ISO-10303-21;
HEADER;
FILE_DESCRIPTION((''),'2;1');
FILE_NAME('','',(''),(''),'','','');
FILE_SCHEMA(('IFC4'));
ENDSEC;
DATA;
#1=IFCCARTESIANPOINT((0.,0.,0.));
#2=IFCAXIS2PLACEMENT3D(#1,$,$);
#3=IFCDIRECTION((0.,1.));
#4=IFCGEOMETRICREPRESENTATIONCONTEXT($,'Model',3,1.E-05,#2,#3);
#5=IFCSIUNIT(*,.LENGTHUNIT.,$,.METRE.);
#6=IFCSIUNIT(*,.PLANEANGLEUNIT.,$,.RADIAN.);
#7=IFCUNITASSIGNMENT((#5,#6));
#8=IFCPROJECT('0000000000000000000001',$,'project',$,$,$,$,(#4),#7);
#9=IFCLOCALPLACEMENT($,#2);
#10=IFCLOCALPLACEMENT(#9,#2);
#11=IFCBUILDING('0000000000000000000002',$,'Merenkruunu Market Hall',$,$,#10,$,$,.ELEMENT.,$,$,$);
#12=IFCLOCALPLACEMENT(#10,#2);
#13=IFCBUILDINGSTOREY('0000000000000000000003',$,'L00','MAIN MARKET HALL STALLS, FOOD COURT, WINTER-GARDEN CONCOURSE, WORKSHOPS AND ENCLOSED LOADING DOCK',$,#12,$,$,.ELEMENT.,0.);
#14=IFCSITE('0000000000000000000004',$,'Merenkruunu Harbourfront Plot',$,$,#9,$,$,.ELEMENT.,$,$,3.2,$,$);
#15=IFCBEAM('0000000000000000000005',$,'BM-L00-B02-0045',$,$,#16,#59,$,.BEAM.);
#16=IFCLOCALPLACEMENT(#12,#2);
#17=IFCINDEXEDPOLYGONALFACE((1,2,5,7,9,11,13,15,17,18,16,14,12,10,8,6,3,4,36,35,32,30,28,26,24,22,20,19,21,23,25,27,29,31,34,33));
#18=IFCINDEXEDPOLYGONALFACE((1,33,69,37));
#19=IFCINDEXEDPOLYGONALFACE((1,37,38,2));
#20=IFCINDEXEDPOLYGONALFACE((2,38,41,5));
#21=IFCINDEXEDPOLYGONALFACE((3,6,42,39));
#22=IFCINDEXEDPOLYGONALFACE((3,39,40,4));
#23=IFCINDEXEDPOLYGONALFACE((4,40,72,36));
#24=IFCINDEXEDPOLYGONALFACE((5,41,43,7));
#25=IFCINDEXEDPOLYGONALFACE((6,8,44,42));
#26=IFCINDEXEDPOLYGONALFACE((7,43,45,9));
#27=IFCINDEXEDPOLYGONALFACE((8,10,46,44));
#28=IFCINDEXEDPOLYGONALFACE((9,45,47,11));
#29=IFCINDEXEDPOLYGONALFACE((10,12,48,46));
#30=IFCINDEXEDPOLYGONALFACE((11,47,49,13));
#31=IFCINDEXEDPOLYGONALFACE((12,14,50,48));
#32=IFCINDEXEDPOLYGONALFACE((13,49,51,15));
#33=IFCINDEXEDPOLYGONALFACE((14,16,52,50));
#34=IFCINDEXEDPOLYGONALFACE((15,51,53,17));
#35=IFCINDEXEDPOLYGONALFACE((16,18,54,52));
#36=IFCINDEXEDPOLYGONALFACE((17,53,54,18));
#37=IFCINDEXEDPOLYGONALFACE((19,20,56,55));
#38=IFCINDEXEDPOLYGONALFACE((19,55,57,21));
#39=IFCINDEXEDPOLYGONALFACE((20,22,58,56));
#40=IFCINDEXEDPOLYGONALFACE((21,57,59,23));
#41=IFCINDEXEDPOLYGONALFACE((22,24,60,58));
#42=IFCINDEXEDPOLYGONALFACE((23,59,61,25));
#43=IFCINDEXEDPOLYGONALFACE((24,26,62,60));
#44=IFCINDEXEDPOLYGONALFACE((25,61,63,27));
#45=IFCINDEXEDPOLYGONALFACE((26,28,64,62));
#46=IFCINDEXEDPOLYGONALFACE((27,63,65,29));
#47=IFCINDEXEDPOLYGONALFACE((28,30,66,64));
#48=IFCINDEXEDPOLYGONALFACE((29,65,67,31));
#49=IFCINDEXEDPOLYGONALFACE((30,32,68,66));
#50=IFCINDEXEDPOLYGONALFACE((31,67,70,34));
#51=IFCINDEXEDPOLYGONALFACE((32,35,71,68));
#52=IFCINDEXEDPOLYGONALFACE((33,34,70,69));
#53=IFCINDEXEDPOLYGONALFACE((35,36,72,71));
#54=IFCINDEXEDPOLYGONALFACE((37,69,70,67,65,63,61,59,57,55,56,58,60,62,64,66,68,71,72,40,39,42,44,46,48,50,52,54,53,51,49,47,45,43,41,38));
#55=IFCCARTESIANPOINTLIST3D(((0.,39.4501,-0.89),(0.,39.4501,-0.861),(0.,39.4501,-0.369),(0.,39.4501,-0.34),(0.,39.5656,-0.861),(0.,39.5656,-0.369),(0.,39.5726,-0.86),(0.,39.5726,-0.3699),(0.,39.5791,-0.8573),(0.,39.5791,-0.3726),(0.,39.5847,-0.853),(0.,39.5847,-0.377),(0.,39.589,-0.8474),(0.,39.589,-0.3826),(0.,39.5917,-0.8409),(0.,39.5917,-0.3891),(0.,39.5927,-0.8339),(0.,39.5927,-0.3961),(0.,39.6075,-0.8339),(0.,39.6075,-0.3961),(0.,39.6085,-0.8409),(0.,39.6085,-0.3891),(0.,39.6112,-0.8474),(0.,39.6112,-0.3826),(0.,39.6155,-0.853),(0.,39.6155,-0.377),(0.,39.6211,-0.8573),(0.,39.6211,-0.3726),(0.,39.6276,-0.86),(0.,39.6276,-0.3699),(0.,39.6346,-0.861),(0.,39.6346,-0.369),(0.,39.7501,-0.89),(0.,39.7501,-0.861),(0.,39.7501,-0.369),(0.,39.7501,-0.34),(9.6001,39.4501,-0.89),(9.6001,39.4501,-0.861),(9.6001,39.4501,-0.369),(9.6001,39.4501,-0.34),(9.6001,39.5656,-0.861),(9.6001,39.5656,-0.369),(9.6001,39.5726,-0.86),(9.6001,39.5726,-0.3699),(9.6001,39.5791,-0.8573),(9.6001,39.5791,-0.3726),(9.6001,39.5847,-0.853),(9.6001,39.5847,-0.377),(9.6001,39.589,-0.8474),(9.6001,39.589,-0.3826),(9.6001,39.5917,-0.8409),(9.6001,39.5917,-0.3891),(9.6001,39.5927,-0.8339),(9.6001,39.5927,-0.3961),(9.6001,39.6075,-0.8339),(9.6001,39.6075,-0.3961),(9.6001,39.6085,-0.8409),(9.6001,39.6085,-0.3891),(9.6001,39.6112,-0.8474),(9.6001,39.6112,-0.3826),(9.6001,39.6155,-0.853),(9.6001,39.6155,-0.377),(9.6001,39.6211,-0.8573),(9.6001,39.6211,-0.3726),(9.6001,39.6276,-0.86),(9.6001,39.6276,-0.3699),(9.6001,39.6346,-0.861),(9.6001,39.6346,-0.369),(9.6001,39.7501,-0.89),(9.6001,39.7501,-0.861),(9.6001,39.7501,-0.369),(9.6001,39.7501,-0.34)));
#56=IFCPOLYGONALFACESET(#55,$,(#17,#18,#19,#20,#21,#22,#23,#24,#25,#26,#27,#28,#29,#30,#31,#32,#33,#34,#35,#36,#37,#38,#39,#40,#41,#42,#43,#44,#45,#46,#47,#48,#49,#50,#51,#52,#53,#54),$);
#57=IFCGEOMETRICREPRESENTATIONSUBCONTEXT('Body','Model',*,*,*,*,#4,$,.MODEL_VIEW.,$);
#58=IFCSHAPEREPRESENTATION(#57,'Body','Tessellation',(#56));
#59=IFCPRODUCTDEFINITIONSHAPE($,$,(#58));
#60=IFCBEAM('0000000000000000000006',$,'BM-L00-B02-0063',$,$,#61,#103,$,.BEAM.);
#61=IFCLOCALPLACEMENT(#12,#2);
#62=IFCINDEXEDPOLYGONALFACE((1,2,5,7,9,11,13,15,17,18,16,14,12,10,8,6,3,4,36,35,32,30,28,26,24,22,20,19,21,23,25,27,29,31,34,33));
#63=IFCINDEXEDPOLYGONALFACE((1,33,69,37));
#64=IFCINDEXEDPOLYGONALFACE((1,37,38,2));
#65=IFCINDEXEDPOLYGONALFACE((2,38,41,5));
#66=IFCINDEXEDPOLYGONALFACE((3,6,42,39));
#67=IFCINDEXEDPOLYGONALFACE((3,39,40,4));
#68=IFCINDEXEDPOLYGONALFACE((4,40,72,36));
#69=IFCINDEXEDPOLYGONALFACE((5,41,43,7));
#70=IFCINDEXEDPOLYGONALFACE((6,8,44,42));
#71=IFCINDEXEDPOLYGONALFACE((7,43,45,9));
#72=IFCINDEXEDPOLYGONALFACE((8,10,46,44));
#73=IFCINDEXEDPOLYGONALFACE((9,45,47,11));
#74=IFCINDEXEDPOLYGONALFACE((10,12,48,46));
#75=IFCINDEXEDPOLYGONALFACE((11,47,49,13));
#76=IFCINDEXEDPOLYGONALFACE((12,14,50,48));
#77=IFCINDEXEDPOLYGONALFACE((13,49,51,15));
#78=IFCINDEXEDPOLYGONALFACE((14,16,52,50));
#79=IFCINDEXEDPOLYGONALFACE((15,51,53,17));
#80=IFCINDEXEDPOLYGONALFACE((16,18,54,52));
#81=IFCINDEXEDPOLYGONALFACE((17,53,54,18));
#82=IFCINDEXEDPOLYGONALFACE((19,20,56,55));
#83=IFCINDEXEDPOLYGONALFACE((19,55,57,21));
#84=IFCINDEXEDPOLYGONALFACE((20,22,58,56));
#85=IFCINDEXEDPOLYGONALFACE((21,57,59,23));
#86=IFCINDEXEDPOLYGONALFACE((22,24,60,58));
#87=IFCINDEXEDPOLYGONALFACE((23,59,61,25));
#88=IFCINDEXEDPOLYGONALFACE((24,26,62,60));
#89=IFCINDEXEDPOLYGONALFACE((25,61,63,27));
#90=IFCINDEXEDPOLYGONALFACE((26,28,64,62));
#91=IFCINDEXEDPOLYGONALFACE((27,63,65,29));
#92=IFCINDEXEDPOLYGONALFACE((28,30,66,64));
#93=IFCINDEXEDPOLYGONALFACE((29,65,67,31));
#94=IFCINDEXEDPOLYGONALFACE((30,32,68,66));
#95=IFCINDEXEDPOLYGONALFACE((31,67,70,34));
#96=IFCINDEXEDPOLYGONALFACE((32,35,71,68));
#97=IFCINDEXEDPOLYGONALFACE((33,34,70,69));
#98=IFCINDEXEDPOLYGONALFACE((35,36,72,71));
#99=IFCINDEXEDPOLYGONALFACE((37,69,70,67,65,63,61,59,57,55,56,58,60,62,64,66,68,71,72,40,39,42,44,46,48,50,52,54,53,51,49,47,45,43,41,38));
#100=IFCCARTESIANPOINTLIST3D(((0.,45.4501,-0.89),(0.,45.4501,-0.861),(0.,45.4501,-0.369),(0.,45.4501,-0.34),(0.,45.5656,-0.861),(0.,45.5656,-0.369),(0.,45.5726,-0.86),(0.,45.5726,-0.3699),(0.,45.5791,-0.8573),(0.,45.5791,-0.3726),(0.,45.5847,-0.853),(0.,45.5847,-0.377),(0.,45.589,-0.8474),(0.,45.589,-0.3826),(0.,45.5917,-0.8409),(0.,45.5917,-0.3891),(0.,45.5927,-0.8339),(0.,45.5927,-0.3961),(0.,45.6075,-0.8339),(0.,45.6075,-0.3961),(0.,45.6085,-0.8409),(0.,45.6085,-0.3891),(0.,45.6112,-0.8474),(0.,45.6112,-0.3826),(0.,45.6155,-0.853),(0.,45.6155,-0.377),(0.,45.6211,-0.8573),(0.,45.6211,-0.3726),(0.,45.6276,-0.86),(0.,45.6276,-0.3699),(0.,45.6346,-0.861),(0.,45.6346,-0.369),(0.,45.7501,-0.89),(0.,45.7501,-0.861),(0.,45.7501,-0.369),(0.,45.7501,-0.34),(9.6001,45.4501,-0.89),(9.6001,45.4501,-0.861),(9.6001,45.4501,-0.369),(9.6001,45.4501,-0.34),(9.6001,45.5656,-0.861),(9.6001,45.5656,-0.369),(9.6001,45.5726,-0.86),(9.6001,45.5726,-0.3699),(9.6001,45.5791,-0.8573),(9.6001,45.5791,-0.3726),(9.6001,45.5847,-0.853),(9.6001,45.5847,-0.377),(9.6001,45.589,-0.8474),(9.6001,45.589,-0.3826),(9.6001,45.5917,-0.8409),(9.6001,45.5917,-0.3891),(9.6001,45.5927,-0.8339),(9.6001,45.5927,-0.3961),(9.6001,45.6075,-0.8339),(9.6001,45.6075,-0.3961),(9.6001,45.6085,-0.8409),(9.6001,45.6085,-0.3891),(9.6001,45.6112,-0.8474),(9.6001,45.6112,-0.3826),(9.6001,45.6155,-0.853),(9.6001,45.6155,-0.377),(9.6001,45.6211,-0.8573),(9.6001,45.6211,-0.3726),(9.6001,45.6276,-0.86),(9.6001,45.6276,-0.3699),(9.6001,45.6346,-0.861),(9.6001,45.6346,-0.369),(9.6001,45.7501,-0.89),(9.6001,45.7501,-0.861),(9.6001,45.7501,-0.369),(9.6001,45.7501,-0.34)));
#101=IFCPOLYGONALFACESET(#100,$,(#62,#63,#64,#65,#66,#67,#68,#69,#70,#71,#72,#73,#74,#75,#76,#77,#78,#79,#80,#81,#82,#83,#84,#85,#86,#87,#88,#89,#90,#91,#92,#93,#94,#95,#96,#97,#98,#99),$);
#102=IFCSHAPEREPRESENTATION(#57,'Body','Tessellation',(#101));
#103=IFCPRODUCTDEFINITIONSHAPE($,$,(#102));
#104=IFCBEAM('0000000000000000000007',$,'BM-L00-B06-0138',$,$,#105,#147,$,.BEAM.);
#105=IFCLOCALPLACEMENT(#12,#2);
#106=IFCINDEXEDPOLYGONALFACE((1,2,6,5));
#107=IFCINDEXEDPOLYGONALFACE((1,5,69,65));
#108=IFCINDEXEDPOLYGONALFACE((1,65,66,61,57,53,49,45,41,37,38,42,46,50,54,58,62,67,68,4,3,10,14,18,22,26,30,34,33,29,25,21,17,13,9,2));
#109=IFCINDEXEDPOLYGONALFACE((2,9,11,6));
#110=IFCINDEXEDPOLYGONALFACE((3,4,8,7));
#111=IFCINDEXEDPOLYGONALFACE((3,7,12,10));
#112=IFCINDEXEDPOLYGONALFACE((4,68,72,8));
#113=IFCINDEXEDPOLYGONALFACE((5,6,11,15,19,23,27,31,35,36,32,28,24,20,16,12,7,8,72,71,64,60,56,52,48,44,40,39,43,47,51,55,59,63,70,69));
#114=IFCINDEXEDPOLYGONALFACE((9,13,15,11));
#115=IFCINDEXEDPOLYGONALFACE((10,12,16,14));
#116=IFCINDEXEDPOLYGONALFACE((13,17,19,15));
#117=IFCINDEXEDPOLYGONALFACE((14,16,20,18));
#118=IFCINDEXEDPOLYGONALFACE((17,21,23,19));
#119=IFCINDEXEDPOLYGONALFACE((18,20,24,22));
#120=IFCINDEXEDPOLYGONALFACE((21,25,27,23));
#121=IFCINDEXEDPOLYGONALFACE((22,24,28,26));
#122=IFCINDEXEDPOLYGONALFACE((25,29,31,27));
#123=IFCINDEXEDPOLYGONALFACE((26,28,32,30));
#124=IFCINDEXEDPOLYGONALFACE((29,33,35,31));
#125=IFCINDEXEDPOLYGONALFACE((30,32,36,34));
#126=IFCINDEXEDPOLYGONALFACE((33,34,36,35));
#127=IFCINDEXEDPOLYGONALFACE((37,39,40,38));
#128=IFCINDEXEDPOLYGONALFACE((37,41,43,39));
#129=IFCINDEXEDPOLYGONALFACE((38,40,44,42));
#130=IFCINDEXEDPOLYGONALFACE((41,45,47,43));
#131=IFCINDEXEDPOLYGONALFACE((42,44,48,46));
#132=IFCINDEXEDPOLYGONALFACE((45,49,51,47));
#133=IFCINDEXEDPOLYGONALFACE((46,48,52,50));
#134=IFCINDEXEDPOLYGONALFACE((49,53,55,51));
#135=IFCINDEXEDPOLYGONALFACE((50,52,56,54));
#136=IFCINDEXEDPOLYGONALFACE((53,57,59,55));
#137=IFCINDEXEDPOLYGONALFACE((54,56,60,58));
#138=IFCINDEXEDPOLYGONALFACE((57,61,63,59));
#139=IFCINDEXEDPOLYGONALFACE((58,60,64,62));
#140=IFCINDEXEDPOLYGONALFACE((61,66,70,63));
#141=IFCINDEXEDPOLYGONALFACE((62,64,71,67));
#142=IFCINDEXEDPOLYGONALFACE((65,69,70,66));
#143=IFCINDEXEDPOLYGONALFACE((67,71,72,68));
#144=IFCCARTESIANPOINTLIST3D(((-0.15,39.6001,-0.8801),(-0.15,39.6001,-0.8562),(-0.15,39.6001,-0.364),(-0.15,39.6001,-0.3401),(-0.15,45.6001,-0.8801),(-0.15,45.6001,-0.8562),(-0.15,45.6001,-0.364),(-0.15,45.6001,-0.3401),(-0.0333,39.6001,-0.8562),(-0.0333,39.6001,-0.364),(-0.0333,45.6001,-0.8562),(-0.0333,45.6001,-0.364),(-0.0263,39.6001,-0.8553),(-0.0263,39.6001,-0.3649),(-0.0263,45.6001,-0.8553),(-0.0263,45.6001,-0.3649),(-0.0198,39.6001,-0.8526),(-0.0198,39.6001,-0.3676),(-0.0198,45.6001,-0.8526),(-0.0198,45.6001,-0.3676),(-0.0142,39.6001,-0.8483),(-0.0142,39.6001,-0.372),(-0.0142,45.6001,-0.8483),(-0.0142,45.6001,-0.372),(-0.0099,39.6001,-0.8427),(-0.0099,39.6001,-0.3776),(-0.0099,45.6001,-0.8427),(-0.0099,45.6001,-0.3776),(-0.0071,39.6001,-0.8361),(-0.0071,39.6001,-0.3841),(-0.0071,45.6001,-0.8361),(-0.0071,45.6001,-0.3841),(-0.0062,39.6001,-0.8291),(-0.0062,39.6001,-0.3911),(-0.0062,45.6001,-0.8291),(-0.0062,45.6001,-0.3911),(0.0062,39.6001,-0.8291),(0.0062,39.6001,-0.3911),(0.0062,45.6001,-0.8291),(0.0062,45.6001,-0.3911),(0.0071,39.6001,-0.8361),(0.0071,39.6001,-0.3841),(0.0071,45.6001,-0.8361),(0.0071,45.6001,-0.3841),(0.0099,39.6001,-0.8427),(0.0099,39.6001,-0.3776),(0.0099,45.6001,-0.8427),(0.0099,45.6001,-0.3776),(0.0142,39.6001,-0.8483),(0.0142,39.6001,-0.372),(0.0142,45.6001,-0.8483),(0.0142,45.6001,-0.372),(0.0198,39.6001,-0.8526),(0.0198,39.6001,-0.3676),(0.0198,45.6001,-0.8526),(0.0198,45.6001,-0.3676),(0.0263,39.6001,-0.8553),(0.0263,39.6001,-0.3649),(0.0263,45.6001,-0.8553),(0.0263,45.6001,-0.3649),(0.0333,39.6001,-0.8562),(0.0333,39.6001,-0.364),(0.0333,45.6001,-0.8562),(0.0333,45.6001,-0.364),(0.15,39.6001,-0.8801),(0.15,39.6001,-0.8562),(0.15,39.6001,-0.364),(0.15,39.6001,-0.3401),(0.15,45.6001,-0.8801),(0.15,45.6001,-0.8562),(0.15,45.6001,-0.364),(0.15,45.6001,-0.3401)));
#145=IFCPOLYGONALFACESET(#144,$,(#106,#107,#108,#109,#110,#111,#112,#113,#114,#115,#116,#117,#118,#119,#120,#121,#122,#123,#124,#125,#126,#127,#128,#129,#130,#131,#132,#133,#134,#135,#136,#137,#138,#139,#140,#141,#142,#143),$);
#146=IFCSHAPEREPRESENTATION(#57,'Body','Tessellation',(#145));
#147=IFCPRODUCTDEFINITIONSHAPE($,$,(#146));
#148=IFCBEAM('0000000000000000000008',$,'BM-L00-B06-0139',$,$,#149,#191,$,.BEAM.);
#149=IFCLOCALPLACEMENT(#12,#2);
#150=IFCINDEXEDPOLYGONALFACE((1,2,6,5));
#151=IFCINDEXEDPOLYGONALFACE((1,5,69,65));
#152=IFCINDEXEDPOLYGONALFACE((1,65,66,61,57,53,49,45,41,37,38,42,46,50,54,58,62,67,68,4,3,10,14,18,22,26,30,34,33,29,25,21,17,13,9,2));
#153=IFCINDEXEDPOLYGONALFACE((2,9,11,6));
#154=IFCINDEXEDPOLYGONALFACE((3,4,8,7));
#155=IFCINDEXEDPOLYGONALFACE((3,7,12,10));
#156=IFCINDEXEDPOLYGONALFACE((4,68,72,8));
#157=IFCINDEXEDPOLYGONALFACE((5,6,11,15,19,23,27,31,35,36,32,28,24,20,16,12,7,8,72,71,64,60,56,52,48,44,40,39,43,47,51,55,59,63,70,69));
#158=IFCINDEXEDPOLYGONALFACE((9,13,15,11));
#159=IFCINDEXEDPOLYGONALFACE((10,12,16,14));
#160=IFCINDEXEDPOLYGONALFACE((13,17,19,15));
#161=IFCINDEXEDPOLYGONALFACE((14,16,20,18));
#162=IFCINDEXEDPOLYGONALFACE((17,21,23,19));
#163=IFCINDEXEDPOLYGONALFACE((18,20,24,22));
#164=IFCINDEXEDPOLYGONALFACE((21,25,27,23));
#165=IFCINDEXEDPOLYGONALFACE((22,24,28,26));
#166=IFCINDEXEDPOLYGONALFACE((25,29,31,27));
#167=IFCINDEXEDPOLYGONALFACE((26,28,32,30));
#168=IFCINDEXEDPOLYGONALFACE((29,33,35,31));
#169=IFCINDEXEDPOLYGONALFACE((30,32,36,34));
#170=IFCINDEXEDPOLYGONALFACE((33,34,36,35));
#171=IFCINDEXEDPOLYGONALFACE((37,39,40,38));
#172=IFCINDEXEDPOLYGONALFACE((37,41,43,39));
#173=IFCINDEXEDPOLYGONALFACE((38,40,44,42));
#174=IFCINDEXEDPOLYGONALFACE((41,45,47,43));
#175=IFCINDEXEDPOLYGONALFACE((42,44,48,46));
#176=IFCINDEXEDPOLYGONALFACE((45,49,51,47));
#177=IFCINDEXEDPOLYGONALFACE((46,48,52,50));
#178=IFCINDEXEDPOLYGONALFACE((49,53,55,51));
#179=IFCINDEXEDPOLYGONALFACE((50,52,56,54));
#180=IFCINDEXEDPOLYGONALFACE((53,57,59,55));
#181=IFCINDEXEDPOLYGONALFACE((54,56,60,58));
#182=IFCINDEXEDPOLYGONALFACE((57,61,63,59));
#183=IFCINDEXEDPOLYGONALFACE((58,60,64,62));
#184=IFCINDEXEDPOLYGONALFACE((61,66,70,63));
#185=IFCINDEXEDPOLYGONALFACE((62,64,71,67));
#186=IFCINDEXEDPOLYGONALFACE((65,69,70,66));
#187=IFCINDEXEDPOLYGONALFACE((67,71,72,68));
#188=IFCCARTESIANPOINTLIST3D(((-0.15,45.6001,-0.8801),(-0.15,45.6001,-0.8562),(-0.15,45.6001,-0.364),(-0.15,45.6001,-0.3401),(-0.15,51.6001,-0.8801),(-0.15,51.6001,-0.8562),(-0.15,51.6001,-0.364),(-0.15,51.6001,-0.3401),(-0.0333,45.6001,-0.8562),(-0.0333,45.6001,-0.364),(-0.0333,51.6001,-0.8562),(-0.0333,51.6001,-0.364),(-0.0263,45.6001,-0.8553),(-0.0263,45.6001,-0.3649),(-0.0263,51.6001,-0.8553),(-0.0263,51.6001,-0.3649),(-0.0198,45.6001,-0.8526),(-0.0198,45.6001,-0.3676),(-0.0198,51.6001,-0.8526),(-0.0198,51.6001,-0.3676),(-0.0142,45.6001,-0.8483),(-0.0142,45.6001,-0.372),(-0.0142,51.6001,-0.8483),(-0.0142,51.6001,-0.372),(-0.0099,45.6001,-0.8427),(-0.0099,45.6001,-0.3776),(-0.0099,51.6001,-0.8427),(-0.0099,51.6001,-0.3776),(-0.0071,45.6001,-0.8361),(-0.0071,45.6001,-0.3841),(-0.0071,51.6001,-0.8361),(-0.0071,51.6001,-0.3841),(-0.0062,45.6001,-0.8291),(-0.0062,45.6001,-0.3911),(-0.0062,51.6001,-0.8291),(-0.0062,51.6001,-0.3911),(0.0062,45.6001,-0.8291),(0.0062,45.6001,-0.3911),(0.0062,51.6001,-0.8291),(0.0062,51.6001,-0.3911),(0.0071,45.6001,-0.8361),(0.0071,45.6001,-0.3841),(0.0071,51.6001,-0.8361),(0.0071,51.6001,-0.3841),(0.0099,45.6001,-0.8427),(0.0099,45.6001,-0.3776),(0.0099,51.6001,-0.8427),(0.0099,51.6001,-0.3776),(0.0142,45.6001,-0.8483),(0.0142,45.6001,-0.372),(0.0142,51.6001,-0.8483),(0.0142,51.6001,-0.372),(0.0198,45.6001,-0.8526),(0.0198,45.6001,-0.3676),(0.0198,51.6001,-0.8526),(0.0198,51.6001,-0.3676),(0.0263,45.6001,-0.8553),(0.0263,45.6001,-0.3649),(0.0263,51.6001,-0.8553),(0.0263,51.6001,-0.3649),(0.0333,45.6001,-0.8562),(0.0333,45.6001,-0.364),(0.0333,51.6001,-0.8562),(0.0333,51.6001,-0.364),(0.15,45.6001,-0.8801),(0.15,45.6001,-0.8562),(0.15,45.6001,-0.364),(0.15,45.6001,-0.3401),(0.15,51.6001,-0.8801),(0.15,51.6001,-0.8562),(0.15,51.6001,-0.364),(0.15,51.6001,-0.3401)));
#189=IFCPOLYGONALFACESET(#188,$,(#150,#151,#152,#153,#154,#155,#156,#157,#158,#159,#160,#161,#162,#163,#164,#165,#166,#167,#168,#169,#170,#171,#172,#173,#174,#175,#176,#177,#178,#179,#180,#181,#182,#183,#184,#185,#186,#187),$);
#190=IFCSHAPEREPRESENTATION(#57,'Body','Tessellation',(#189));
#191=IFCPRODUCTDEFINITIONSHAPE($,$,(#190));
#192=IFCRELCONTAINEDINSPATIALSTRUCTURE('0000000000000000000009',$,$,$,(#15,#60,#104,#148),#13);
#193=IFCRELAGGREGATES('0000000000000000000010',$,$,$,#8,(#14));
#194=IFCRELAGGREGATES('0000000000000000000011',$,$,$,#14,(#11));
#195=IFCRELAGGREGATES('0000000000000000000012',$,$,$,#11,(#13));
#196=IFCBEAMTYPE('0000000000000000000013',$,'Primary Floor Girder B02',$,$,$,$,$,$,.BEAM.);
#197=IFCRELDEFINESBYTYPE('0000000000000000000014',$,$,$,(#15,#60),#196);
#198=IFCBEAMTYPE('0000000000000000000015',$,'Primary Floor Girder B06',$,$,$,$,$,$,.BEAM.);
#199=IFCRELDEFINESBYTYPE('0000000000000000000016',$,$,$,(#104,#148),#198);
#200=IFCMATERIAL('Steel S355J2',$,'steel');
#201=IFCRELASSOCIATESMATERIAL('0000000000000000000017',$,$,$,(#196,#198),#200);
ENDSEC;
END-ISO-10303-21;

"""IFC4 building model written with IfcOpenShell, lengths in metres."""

from ifc_helpers import new_model, si_unit, direction, frame, origin, origin_2d, place, context, subcontext, project, spatial, i_section, extrude, material, material_profile, profile_set, type_object, element, save


model = new_model("IFC4")

# Units and contexts
model_context = context("Model", 3, precision=1e-05, world=origin(), true_north=direction((0.0, 1.0)))
body_context = subcontext(model_context, "Body", "Model", "MODEL_VIEW")
ifc_project = project(units=[si_unit("LENGTHUNIT", "METRE"), si_unit("PLANEANGLEUNIT", "RADIAN")], contexts=[model_context])

# Site, building, storey
site_placement = place(None, origin())
site = spatial("IfcSite", under=ifc_project, at=site_placement, Name="Merenkruunu Harbourfront Plot", CompositionType="ELEMENT", RefElevation=3.2)
building_placement = place(site_placement, origin())
building = spatial("IfcBuilding", under=site, at=building_placement, Name="Merenkruunu Market Hall", CompositionType="ELEMENT")
storey_placement = place(building_placement, origin())
storey = spatial("IfcBuildingStorey", under=building, at=storey_placement, Name="L00", Description="MAIN MARKET HALL STALLS, FOOD COURT, WINTER-GARDEN CONCOURSE, WORKSHOPS AND ENCLOSED LOADING DOCK", CompositionType="ELEMENT", Elevation=0.0)

# Beams
ifc_material_1 = material(Name="Steel S355J2", Category="steel")
ifc_material_profile_1 = material_profile(ifc_material_1, i_section(OverallWidth=0.3, OverallDepth=0.55, WebThickness=0.0149, FlangeThickness=0.0291, FilletRadius=0.0271, at=origin_2d()), Name="HEB 550")
ifc_profile_set_1 = profile_set([ifc_material_profile_1], Name="Steel S355J2")
beam_type_1 = type_object("IfcBeamType", Name="Primary Floor Girder B02", PredefinedType="BEAM", material=ifc_profile_set_1)
for number, where, z_axis, x_axis, name in (
    (1, (0.0, 39.6001, -0.615), (1.0, 0.0, 0.0), (0.0, 1.0, 0.0), "BM-L00-B02-0045"),
    (2, (0.0, 45.6001, -0.615), (1.0, 0.0, 0.0), (0.0, 1.0, 0.0), "BM-L00-B02-0063"),
):
    element("IfcBeam", number, at=place(storey_placement, frame(where, z_axis=z_axis, x_axis=x_axis)), inside=storey, type_object=beam_type_1, Name=name, PredefinedType="BEAM", context=body_context, shape_type="SweptSolid", body=[
        extrude(i_section(OverallWidth=0.3, OverallDepth=0.55, WebThickness=0.0149, FlangeThickness=0.0291, FilletRadius=0.0271, at=origin_2d()), origin(), (0.0, 0.0, 1.0), 9.6001),
    ])
ifc_material_profile_2 = material_profile(ifc_material_1, i_section(OverallWidth=0.3, OverallDepth=0.54, WebThickness=0.0125, FlangeThickness=0.0239, FilletRadius=0.0271, at=origin_2d()), Name="HEA 550")
ifc_profile_set_2 = profile_set([ifc_material_profile_2], Name="Steel S355J2")
beam_type_2 = type_object("IfcBeamType", Name="Primary Floor Girder B06", PredefinedType="BEAM", material=ifc_profile_set_2)
for number, where, z_axis, x_axis, name in (
    (3, (0.0, 39.6001, -0.6101), (0.0, 1.0, 0.0), (-1.0, 0.0, 0.0), "BM-L00-B06-0138"),
    (4, (0.0, 45.6001, -0.6101), (0.0, 1.0, 0.0), (-1.0, 0.0, 0.0), "BM-L00-B06-0139"),
):
    element("IfcBeam", number, at=place(storey_placement, frame(where, z_axis=z_axis, x_axis=x_axis)), inside=storey, type_object=beam_type_2, Name=name, PredefinedType="BEAM", context=body_context, shape_type="SweptSolid", body=[
        extrude(i_section(OverallWidth=0.3, OverallDepth=0.54, WebThickness=0.0125, FlangeThickness=0.0239, FilletRadius=0.0271, at=origin_2d()), origin(), (0.0, 0.0, 1.0), 6.0),
    ])

save(model, "model.ifc")
